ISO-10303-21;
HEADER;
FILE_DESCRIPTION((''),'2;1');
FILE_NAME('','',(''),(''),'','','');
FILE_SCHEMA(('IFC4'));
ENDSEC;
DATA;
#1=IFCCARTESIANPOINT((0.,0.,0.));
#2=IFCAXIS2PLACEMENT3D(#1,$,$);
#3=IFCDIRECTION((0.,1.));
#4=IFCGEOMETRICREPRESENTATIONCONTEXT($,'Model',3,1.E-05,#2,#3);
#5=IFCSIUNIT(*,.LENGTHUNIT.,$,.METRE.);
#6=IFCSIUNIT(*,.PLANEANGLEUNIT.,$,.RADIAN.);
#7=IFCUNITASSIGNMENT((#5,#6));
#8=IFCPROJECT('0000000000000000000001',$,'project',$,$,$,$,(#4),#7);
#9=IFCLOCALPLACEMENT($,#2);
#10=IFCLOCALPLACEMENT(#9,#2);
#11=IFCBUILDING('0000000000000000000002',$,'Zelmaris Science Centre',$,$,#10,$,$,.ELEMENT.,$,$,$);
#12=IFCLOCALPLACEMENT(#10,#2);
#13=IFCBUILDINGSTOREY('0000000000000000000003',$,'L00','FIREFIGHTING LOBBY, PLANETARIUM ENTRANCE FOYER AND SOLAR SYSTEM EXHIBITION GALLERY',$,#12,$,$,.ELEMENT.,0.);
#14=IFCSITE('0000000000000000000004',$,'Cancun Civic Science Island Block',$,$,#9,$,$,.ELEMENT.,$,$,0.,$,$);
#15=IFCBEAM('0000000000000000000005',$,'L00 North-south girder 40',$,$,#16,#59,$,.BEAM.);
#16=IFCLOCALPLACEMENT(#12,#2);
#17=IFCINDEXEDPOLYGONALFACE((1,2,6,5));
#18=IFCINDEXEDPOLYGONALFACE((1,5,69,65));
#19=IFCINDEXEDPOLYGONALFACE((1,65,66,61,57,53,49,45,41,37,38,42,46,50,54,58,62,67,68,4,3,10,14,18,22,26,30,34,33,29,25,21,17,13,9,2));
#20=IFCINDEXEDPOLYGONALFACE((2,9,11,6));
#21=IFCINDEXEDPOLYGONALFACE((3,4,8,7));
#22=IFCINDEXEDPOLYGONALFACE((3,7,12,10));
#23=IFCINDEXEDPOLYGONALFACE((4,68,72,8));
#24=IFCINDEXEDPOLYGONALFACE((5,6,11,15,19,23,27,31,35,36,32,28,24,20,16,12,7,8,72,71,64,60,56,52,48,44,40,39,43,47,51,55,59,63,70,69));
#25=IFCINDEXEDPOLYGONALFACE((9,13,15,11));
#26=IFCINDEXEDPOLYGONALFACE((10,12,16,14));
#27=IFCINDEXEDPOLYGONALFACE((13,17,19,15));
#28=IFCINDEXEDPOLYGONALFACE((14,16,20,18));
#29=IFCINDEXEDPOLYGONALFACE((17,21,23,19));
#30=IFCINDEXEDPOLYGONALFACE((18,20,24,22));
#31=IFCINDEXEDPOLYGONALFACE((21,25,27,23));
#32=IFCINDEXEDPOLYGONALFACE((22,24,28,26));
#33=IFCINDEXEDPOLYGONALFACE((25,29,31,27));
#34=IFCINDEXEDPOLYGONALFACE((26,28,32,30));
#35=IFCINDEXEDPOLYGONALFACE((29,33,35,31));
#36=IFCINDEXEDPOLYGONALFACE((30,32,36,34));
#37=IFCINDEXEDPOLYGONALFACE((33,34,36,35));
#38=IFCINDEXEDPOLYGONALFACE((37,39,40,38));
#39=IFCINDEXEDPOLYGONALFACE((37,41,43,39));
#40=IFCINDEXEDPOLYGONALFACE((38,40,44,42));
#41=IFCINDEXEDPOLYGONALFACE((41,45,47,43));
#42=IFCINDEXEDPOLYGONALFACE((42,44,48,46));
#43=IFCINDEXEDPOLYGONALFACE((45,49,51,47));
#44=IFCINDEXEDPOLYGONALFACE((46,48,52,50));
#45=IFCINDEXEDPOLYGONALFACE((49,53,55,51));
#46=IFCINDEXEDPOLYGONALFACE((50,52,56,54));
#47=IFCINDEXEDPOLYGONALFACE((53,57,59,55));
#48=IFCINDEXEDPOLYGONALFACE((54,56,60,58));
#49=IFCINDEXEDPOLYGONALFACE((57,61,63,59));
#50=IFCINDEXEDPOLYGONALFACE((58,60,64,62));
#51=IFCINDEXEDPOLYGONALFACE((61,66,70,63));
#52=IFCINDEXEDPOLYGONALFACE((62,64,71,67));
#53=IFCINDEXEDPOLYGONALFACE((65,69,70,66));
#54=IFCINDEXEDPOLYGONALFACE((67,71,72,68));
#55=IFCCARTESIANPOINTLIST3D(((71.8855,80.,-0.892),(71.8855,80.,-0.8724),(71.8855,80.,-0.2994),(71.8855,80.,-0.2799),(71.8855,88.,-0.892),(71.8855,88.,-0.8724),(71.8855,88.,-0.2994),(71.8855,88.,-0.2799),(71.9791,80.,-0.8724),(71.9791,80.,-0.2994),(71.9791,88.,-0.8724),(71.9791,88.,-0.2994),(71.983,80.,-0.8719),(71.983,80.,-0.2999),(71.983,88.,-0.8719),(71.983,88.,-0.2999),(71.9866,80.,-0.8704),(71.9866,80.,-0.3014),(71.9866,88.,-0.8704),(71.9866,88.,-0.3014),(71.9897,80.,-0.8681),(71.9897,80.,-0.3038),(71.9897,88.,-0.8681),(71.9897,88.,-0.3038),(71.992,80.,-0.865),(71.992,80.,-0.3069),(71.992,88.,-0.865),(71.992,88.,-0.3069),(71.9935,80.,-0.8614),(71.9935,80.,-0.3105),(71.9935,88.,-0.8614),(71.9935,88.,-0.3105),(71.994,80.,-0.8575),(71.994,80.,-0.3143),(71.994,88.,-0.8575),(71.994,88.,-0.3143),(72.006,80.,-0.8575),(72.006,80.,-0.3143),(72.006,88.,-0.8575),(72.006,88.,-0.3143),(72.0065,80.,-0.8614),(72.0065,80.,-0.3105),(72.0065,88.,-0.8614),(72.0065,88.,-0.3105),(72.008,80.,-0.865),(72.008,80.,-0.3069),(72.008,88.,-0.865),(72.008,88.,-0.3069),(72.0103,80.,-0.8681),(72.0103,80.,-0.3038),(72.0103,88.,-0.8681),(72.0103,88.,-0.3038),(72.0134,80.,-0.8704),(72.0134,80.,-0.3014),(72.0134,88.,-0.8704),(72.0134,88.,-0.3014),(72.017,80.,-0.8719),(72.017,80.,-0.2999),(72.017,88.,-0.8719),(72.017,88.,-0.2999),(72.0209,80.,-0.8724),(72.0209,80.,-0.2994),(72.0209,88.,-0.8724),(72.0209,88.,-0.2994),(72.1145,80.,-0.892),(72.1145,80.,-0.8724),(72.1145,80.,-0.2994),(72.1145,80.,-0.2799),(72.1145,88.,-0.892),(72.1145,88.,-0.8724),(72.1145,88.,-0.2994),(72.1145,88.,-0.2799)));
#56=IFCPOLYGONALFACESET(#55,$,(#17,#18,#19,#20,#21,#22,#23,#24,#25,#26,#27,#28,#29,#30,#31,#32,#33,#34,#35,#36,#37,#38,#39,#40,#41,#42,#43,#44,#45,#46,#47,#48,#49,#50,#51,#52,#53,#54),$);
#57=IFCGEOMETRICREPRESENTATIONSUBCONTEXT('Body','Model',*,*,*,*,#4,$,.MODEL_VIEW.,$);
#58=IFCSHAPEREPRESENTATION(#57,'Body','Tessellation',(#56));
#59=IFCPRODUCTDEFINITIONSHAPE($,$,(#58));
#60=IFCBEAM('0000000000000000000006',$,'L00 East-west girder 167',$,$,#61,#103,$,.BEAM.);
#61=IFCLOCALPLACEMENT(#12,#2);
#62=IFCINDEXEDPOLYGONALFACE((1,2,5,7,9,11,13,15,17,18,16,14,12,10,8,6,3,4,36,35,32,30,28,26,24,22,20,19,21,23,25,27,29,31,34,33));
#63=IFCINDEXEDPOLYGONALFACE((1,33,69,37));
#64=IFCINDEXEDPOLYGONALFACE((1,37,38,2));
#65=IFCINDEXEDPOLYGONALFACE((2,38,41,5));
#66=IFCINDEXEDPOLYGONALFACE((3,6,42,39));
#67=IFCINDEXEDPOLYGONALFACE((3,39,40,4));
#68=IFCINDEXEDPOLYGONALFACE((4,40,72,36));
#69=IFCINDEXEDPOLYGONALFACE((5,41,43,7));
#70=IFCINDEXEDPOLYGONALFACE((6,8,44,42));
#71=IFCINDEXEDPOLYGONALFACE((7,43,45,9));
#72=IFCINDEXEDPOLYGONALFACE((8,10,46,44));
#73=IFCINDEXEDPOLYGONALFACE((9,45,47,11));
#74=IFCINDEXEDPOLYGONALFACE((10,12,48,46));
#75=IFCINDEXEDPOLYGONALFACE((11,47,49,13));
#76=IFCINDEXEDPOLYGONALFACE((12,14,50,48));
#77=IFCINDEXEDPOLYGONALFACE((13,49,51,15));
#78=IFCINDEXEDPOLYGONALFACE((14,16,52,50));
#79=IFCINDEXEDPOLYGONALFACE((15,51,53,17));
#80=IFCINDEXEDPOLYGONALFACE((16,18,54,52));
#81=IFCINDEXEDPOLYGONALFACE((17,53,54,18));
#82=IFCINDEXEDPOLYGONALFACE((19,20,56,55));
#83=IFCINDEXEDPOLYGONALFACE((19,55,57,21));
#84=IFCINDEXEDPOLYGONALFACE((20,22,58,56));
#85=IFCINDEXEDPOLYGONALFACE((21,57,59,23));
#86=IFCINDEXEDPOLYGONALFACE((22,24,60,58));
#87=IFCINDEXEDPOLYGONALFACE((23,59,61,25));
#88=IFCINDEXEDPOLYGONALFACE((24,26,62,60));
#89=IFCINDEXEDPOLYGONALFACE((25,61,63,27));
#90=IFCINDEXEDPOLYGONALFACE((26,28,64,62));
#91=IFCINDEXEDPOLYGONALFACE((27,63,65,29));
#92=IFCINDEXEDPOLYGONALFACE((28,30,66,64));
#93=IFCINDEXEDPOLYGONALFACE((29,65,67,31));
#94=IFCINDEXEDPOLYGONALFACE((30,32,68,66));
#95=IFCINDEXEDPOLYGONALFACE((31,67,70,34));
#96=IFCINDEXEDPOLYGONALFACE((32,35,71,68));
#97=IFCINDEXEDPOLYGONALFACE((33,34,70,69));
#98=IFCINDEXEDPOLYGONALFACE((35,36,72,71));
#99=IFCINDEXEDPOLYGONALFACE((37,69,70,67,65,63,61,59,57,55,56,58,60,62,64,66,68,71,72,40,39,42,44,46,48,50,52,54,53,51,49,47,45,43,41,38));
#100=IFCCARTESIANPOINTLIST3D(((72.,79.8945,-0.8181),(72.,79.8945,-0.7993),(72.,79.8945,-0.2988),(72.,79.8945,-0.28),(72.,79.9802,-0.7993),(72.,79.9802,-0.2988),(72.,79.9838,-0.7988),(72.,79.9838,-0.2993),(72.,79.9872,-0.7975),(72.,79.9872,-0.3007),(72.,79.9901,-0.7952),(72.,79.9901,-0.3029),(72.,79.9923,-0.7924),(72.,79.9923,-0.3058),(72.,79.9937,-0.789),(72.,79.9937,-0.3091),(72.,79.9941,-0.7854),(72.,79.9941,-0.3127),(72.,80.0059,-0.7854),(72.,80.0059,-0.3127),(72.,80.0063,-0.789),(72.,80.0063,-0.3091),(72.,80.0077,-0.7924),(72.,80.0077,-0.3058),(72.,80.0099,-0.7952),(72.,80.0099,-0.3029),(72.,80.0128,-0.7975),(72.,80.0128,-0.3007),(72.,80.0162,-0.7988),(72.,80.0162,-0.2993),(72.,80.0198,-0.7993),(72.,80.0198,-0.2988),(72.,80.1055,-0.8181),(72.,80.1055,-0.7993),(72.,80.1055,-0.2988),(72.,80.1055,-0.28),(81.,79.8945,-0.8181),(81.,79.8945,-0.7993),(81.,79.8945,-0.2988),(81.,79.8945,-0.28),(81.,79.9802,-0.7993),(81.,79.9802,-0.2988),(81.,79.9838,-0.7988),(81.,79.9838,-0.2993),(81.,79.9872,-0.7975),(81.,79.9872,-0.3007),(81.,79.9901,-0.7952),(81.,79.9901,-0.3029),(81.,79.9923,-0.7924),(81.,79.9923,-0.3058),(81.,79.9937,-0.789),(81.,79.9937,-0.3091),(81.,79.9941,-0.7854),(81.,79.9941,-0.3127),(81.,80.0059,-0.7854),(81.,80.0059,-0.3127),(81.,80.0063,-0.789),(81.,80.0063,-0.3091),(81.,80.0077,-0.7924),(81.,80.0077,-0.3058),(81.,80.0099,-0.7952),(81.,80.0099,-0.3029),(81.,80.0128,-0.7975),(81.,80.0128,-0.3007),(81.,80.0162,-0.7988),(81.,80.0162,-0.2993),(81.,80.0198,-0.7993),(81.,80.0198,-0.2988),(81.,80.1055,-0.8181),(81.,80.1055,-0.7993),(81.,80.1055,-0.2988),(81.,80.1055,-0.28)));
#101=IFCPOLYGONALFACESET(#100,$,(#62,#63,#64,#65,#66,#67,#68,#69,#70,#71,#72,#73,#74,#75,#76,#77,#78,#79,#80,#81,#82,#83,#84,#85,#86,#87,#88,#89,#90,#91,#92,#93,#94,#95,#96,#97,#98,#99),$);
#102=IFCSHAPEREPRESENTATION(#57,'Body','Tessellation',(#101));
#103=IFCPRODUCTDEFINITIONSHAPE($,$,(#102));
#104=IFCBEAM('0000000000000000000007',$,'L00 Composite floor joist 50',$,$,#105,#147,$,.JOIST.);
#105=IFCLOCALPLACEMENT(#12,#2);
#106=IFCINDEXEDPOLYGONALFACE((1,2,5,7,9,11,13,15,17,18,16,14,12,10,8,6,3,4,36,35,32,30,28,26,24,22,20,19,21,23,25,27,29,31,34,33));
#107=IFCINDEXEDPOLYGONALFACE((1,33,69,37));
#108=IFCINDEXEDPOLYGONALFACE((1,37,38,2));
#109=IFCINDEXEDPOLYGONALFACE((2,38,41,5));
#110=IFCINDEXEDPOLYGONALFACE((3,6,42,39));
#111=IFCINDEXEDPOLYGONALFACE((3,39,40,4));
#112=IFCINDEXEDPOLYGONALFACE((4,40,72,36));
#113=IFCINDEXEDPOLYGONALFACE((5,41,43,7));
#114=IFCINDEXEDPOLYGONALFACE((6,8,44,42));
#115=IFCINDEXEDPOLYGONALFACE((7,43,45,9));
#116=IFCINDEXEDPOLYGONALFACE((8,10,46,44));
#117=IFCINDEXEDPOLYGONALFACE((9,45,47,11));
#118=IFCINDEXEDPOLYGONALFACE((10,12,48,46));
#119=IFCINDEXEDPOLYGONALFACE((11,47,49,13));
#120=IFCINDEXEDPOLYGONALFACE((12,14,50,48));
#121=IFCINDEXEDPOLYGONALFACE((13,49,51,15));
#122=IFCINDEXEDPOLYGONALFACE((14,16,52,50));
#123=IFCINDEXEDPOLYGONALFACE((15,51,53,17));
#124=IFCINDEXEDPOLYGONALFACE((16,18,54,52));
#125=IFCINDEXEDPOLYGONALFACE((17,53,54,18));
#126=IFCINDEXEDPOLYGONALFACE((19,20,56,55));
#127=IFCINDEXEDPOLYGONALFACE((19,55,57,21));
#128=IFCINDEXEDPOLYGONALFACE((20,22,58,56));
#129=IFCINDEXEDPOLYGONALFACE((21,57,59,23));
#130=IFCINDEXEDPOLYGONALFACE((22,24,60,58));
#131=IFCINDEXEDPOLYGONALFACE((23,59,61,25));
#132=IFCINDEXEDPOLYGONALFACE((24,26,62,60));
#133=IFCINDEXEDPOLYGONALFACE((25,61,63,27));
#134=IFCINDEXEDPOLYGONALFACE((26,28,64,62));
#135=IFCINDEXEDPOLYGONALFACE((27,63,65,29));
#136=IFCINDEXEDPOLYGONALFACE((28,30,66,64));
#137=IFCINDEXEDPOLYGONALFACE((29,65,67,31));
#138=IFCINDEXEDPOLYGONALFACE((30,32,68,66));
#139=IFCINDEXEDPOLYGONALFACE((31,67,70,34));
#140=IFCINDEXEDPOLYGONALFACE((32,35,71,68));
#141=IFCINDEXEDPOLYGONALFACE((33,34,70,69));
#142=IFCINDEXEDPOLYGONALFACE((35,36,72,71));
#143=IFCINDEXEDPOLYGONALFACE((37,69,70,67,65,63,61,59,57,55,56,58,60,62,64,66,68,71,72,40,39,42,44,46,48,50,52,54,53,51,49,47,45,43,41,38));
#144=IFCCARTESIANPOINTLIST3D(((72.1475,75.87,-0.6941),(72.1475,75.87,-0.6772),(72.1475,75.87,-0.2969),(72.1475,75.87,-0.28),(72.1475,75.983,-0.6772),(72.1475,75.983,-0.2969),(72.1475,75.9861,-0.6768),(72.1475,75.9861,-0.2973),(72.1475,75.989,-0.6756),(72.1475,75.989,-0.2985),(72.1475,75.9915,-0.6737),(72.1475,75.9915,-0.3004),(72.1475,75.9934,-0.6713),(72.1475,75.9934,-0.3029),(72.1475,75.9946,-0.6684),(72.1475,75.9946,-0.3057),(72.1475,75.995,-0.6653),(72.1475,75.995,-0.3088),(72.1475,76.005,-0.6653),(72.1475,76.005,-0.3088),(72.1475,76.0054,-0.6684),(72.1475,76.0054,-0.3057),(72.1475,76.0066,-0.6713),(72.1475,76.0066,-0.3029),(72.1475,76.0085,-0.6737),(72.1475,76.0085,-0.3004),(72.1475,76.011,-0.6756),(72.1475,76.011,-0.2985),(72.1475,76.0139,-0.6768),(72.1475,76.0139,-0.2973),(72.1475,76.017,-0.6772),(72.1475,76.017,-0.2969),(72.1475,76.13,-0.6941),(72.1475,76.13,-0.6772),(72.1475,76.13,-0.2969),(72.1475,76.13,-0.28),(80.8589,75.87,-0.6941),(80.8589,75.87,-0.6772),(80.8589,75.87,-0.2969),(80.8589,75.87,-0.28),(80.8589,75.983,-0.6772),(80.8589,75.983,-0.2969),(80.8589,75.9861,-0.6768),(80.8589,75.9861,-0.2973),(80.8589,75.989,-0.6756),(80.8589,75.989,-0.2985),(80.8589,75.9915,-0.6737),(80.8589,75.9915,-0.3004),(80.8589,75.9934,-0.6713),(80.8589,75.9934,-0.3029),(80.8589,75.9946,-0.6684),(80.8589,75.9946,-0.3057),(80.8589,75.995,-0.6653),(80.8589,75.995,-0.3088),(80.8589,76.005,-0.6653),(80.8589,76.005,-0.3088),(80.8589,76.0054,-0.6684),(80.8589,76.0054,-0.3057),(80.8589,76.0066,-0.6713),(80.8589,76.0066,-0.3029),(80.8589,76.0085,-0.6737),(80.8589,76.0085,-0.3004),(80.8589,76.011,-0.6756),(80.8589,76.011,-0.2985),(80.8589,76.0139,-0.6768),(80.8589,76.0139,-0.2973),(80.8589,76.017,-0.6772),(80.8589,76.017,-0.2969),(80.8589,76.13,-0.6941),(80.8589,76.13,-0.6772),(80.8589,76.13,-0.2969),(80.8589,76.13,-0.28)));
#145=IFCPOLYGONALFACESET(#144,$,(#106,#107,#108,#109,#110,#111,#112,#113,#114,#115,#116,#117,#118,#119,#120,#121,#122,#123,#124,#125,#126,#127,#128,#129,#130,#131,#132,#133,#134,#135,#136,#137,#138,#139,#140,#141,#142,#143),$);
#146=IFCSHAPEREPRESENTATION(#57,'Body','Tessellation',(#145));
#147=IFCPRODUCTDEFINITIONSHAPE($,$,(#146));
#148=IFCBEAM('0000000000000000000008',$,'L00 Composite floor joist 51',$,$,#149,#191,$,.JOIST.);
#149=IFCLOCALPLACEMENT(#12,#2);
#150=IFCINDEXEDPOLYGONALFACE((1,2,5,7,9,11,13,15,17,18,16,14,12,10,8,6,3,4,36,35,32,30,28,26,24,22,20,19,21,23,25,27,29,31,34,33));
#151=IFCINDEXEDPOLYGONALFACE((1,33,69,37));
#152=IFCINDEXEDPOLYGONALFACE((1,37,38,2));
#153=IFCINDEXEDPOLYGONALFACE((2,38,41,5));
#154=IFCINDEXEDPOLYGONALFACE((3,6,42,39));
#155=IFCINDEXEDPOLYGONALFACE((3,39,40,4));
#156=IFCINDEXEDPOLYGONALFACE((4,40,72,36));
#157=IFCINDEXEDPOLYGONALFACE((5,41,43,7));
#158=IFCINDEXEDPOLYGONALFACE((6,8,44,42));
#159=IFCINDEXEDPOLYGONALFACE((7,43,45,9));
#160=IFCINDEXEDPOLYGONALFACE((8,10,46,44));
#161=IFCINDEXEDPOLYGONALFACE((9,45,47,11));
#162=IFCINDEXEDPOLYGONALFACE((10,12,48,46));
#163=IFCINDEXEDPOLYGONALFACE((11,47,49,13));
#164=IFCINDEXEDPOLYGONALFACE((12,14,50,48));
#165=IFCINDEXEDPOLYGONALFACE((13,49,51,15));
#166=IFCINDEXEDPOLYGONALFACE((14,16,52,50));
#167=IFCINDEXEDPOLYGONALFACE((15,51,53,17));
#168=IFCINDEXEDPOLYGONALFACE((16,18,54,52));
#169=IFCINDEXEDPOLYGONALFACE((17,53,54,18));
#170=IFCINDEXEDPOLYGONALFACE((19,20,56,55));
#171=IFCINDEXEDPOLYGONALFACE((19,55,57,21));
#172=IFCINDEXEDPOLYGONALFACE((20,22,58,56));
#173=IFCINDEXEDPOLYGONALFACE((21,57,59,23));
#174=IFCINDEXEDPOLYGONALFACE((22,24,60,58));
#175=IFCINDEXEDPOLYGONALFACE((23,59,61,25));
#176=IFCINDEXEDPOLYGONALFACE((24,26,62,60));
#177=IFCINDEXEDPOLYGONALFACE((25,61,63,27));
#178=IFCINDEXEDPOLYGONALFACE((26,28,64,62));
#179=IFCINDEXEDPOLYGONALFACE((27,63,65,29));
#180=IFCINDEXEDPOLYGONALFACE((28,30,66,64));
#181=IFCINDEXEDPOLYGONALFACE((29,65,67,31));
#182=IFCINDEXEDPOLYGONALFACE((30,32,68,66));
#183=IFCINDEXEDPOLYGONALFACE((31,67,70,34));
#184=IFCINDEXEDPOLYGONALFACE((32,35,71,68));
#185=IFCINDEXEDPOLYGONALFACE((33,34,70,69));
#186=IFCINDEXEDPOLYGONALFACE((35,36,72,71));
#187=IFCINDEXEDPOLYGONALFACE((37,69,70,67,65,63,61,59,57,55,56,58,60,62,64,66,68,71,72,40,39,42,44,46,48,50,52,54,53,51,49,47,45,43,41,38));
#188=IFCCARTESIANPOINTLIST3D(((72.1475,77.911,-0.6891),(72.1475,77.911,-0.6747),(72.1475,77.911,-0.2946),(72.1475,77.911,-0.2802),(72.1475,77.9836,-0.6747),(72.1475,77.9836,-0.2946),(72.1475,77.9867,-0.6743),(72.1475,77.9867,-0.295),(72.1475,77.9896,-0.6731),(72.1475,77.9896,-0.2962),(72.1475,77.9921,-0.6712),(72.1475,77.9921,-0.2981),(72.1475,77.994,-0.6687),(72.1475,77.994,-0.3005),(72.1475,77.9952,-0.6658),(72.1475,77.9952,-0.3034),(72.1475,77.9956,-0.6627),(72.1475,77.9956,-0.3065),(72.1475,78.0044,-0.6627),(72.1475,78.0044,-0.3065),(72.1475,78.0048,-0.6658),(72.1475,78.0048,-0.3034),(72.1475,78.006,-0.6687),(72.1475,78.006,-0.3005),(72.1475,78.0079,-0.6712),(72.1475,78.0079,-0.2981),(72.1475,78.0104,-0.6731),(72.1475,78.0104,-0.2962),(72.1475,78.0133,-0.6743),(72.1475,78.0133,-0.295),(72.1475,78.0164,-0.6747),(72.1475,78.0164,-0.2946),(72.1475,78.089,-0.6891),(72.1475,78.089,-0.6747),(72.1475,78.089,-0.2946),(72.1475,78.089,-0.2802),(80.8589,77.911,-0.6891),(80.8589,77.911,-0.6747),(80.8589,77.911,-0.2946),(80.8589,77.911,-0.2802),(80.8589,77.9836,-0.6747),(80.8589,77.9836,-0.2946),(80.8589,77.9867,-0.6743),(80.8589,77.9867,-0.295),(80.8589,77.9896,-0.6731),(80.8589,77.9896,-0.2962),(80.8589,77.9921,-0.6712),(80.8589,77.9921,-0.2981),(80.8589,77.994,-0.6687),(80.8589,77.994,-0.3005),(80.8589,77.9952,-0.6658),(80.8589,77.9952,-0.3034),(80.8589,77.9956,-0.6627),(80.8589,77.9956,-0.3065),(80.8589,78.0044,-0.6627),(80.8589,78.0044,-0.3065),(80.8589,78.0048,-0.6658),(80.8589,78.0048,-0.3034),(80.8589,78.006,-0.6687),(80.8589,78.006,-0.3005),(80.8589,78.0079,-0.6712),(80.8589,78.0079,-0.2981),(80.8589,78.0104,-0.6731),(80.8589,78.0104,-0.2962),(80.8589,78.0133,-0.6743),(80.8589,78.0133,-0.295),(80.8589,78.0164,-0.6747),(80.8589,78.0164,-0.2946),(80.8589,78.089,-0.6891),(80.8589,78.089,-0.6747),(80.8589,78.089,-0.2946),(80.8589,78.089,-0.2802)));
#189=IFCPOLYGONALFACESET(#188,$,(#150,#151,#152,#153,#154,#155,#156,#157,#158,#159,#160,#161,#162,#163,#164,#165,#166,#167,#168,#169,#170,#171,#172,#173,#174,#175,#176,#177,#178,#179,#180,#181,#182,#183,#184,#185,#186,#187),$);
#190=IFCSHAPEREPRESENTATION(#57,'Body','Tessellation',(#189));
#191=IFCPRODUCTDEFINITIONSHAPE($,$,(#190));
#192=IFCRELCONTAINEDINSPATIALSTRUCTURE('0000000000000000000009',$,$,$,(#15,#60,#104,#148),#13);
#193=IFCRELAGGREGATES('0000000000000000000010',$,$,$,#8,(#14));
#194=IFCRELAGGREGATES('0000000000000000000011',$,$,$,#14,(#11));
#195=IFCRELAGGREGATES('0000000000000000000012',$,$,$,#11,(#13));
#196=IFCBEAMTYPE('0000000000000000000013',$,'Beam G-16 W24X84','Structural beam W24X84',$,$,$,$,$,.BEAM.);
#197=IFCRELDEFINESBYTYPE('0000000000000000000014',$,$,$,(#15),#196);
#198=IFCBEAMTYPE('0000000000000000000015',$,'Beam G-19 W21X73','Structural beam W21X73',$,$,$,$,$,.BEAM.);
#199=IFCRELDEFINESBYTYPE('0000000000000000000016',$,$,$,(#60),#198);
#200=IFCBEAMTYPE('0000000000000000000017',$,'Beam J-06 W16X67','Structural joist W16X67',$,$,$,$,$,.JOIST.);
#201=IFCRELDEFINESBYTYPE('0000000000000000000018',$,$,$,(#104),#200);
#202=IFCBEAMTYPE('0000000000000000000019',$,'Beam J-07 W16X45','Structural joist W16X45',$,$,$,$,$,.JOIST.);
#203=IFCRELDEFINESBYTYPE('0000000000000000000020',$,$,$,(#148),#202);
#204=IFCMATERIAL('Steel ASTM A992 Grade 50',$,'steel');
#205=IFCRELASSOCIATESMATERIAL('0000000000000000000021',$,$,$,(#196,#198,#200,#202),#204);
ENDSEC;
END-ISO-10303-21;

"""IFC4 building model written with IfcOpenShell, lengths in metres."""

from ifc_helpers import new_model, si_unit, direction, frame, origin, origin_2d, place, context, subcontext, project, spatial, i_section, extrude, material, material_profile, profile_set, type_object, element, save


model = new_model("IFC4")

# Units and contexts
model_context = context("Model", 3, precision=1e-05, world=origin(), true_north=direction((0.0, 1.0)))
body_context = subcontext(model_context, "Body", "Model", "MODEL_VIEW")
ifc_project = project(units=[si_unit("LENGTHUNIT", "METRE"), si_unit("PLANEANGLEUNIT", "RADIAN")], contexts=[model_context])

# Site, building, storey
site_placement = place(None, origin())
site = spatial("IfcSite", under=ifc_project, at=site_placement, Name="Cancun Civic Science Island Block", CompositionType="ELEMENT", RefElevation=0.0)
building_placement = place(site_placement, origin())
building = spatial("IfcBuilding", under=site, at=building_placement, Name="Zelmaris Science Centre", CompositionType="ELEMENT")
storey_placement = place(building_placement, origin())
storey = spatial("IfcBuildingStorey", under=building, at=storey_placement, Name="L00", Description="FIREFIGHTING LOBBY, PLANETARIUM ENTRANCE FOYER AND SOLAR SYSTEM EXHIBITION GALLERY", CompositionType="ELEMENT", Elevation=0.0)

# Shared definitions
ifc_material_1 = material(Name="Steel ASTM A992 Grade 50", Category="steel")

# Beams
ifc_material_profile_1 = material_profile(ifc_material_1, i_section(OverallWidth=0.229, OverallDepth=0.6121, WebThickness=0.012, FlangeThickness=0.0195, FilletRadius=0.0149, at=origin_2d()), Name="W24X84")
ifc_profile_set_1 = profile_set([ifc_material_profile_1], Name="Steel ASTM A992 Grade 50")
beam_type_1 = type_object("IfcBeamType", Name="Beam G-16 W24X84", Description="Structural beam W24X84", PredefinedType="BEAM", material=ifc_profile_set_1)
beam_1_placement = place(storey_placement, frame((72.0, 80.0, -0.5859), z_axis=(0.0, 1.0, 0.0), x_axis=(-1.0, 0.0, 0.0)))
element("IfcBeam", 1, at=beam_1_placement, inside=storey, type_object=beam_type_1, Name="L00 North-south girder 40", PredefinedType="BEAM", context=body_context, shape_type="SweptSolid", body=[
    extrude(i_section(OverallWidth=0.229, OverallDepth=0.6121, WebThickness=0.012, FlangeThickness=0.0195, FilletRadius=0.0149, at=origin_2d()), origin(), (0.0, 0.0, 1.0), 8.0),
])
ifc_material_profile_2 = material_profile(ifc_material_1, i_section(OverallWidth=0.2109, OverallDepth=0.5381, WebThickness=0.0117, FlangeThickness=0.0188, FilletRadius=0.0139, at=origin_2d()), Name="W21X73")
ifc_profile_set_2 = profile_set([ifc_material_profile_2], Name="Steel ASTM A992 Grade 50")
beam_type_2 = type_object("IfcBeamType", Name="Beam G-19 W21X73", Description="Structural beam W21X73", PredefinedType="BEAM", material=ifc_profile_set_2)
beam_2_placement = place(storey_placement, frame((72.0, 80.0, -0.5491), z_axis=(1.0, 0.0, 0.0), x_axis=(0.0, 1.0, 0.0)))
element("IfcBeam", 2, at=beam_2_placement, inside=storey, type_object=beam_type_2, Name="L00 East-west girder 167", PredefinedType="BEAM", context=body_context, shape_type="SweptSolid", body=[
    extrude(i_section(OverallWidth=0.2109, OverallDepth=0.5381, WebThickness=0.0117, FlangeThickness=0.0188, FilletRadius=0.0139, at=origin_2d()), origin(), (0.0, 0.0, 1.0), 9.0),
])
ifc_material_profile_3 = material_profile(ifc_material_1, i_section(OverallWidth=0.26, OverallDepth=0.4141, WebThickness=0.01, FlangeThickness=0.0168, FilletRadius=0.012, at=origin_2d()), Name="W16X67")
ifc_profile_set_3 = profile_set([ifc_material_profile_3], Name="Steel ASTM A992 Grade 50")
beam_type_3 = type_object("IfcBeamType", Name="Beam J-06 W16X67", Description="Structural joist W16X67", PredefinedType="JOIST", material=ifc_profile_set_3)
beam_3_placement = place(storey_placement, frame((72.1475, 76.0, -0.4871), z_axis=(1.0, 0.0, 0.0), x_axis=(0.0, 1.0, 0.0)))
element("IfcBeam", 3, at=beam_3_placement, inside=storey, type_object=beam_type_3, Name="L00 Composite floor joist 50", PredefinedType="JOIST", context=body_context, shape_type="SweptSolid", body=[
    extrude(i_section(OverallWidth=0.26, OverallDepth=0.4141, WebThickness=0.01, FlangeThickness=0.0168, FilletRadius=0.012, at=origin_2d()), origin(), (0.0, 0.0, 1.0), 8.7114),
])
ifc_material_profile_4 = material_profile(ifc_material_1, i_section(OverallWidth=0.178, OverallDepth=0.4089, WebThickness=0.0088, FlangeThickness=0.0144, FilletRadius=0.012, at=origin_2d()), Name="W16X45")
ifc_profile_set_4 = profile_set([ifc_material_profile_4], Name="Steel ASTM A992 Grade 50")
beam_type_4 = type_object("IfcBeamType", Name="Beam J-07 W16X45", Description="Structural joist W16X45", PredefinedType="JOIST", material=ifc_profile_set_4)
beam_4_placement = place(storey_placement, frame((72.1475, 78.0, -0.4846), z_axis=(1.0, 0.0, 0.0), x_axis=(0.0, 1.0, 0.0)))
element("IfcBeam", 4, at=beam_4_placement, inside=storey, type_object=beam_type_4, Name="L00 Composite floor joist 51", PredefinedType="JOIST", context=body_context, shape_type="SweptSolid", body=[
    extrude(i_section(OverallWidth=0.178, OverallDepth=0.4089, WebThickness=0.0088, FlangeThickness=0.0144, FilletRadius=0.012, at=origin_2d()), origin(), (0.0, 0.0, 1.0), 8.7114),
])

save(model, "model.ifc")
